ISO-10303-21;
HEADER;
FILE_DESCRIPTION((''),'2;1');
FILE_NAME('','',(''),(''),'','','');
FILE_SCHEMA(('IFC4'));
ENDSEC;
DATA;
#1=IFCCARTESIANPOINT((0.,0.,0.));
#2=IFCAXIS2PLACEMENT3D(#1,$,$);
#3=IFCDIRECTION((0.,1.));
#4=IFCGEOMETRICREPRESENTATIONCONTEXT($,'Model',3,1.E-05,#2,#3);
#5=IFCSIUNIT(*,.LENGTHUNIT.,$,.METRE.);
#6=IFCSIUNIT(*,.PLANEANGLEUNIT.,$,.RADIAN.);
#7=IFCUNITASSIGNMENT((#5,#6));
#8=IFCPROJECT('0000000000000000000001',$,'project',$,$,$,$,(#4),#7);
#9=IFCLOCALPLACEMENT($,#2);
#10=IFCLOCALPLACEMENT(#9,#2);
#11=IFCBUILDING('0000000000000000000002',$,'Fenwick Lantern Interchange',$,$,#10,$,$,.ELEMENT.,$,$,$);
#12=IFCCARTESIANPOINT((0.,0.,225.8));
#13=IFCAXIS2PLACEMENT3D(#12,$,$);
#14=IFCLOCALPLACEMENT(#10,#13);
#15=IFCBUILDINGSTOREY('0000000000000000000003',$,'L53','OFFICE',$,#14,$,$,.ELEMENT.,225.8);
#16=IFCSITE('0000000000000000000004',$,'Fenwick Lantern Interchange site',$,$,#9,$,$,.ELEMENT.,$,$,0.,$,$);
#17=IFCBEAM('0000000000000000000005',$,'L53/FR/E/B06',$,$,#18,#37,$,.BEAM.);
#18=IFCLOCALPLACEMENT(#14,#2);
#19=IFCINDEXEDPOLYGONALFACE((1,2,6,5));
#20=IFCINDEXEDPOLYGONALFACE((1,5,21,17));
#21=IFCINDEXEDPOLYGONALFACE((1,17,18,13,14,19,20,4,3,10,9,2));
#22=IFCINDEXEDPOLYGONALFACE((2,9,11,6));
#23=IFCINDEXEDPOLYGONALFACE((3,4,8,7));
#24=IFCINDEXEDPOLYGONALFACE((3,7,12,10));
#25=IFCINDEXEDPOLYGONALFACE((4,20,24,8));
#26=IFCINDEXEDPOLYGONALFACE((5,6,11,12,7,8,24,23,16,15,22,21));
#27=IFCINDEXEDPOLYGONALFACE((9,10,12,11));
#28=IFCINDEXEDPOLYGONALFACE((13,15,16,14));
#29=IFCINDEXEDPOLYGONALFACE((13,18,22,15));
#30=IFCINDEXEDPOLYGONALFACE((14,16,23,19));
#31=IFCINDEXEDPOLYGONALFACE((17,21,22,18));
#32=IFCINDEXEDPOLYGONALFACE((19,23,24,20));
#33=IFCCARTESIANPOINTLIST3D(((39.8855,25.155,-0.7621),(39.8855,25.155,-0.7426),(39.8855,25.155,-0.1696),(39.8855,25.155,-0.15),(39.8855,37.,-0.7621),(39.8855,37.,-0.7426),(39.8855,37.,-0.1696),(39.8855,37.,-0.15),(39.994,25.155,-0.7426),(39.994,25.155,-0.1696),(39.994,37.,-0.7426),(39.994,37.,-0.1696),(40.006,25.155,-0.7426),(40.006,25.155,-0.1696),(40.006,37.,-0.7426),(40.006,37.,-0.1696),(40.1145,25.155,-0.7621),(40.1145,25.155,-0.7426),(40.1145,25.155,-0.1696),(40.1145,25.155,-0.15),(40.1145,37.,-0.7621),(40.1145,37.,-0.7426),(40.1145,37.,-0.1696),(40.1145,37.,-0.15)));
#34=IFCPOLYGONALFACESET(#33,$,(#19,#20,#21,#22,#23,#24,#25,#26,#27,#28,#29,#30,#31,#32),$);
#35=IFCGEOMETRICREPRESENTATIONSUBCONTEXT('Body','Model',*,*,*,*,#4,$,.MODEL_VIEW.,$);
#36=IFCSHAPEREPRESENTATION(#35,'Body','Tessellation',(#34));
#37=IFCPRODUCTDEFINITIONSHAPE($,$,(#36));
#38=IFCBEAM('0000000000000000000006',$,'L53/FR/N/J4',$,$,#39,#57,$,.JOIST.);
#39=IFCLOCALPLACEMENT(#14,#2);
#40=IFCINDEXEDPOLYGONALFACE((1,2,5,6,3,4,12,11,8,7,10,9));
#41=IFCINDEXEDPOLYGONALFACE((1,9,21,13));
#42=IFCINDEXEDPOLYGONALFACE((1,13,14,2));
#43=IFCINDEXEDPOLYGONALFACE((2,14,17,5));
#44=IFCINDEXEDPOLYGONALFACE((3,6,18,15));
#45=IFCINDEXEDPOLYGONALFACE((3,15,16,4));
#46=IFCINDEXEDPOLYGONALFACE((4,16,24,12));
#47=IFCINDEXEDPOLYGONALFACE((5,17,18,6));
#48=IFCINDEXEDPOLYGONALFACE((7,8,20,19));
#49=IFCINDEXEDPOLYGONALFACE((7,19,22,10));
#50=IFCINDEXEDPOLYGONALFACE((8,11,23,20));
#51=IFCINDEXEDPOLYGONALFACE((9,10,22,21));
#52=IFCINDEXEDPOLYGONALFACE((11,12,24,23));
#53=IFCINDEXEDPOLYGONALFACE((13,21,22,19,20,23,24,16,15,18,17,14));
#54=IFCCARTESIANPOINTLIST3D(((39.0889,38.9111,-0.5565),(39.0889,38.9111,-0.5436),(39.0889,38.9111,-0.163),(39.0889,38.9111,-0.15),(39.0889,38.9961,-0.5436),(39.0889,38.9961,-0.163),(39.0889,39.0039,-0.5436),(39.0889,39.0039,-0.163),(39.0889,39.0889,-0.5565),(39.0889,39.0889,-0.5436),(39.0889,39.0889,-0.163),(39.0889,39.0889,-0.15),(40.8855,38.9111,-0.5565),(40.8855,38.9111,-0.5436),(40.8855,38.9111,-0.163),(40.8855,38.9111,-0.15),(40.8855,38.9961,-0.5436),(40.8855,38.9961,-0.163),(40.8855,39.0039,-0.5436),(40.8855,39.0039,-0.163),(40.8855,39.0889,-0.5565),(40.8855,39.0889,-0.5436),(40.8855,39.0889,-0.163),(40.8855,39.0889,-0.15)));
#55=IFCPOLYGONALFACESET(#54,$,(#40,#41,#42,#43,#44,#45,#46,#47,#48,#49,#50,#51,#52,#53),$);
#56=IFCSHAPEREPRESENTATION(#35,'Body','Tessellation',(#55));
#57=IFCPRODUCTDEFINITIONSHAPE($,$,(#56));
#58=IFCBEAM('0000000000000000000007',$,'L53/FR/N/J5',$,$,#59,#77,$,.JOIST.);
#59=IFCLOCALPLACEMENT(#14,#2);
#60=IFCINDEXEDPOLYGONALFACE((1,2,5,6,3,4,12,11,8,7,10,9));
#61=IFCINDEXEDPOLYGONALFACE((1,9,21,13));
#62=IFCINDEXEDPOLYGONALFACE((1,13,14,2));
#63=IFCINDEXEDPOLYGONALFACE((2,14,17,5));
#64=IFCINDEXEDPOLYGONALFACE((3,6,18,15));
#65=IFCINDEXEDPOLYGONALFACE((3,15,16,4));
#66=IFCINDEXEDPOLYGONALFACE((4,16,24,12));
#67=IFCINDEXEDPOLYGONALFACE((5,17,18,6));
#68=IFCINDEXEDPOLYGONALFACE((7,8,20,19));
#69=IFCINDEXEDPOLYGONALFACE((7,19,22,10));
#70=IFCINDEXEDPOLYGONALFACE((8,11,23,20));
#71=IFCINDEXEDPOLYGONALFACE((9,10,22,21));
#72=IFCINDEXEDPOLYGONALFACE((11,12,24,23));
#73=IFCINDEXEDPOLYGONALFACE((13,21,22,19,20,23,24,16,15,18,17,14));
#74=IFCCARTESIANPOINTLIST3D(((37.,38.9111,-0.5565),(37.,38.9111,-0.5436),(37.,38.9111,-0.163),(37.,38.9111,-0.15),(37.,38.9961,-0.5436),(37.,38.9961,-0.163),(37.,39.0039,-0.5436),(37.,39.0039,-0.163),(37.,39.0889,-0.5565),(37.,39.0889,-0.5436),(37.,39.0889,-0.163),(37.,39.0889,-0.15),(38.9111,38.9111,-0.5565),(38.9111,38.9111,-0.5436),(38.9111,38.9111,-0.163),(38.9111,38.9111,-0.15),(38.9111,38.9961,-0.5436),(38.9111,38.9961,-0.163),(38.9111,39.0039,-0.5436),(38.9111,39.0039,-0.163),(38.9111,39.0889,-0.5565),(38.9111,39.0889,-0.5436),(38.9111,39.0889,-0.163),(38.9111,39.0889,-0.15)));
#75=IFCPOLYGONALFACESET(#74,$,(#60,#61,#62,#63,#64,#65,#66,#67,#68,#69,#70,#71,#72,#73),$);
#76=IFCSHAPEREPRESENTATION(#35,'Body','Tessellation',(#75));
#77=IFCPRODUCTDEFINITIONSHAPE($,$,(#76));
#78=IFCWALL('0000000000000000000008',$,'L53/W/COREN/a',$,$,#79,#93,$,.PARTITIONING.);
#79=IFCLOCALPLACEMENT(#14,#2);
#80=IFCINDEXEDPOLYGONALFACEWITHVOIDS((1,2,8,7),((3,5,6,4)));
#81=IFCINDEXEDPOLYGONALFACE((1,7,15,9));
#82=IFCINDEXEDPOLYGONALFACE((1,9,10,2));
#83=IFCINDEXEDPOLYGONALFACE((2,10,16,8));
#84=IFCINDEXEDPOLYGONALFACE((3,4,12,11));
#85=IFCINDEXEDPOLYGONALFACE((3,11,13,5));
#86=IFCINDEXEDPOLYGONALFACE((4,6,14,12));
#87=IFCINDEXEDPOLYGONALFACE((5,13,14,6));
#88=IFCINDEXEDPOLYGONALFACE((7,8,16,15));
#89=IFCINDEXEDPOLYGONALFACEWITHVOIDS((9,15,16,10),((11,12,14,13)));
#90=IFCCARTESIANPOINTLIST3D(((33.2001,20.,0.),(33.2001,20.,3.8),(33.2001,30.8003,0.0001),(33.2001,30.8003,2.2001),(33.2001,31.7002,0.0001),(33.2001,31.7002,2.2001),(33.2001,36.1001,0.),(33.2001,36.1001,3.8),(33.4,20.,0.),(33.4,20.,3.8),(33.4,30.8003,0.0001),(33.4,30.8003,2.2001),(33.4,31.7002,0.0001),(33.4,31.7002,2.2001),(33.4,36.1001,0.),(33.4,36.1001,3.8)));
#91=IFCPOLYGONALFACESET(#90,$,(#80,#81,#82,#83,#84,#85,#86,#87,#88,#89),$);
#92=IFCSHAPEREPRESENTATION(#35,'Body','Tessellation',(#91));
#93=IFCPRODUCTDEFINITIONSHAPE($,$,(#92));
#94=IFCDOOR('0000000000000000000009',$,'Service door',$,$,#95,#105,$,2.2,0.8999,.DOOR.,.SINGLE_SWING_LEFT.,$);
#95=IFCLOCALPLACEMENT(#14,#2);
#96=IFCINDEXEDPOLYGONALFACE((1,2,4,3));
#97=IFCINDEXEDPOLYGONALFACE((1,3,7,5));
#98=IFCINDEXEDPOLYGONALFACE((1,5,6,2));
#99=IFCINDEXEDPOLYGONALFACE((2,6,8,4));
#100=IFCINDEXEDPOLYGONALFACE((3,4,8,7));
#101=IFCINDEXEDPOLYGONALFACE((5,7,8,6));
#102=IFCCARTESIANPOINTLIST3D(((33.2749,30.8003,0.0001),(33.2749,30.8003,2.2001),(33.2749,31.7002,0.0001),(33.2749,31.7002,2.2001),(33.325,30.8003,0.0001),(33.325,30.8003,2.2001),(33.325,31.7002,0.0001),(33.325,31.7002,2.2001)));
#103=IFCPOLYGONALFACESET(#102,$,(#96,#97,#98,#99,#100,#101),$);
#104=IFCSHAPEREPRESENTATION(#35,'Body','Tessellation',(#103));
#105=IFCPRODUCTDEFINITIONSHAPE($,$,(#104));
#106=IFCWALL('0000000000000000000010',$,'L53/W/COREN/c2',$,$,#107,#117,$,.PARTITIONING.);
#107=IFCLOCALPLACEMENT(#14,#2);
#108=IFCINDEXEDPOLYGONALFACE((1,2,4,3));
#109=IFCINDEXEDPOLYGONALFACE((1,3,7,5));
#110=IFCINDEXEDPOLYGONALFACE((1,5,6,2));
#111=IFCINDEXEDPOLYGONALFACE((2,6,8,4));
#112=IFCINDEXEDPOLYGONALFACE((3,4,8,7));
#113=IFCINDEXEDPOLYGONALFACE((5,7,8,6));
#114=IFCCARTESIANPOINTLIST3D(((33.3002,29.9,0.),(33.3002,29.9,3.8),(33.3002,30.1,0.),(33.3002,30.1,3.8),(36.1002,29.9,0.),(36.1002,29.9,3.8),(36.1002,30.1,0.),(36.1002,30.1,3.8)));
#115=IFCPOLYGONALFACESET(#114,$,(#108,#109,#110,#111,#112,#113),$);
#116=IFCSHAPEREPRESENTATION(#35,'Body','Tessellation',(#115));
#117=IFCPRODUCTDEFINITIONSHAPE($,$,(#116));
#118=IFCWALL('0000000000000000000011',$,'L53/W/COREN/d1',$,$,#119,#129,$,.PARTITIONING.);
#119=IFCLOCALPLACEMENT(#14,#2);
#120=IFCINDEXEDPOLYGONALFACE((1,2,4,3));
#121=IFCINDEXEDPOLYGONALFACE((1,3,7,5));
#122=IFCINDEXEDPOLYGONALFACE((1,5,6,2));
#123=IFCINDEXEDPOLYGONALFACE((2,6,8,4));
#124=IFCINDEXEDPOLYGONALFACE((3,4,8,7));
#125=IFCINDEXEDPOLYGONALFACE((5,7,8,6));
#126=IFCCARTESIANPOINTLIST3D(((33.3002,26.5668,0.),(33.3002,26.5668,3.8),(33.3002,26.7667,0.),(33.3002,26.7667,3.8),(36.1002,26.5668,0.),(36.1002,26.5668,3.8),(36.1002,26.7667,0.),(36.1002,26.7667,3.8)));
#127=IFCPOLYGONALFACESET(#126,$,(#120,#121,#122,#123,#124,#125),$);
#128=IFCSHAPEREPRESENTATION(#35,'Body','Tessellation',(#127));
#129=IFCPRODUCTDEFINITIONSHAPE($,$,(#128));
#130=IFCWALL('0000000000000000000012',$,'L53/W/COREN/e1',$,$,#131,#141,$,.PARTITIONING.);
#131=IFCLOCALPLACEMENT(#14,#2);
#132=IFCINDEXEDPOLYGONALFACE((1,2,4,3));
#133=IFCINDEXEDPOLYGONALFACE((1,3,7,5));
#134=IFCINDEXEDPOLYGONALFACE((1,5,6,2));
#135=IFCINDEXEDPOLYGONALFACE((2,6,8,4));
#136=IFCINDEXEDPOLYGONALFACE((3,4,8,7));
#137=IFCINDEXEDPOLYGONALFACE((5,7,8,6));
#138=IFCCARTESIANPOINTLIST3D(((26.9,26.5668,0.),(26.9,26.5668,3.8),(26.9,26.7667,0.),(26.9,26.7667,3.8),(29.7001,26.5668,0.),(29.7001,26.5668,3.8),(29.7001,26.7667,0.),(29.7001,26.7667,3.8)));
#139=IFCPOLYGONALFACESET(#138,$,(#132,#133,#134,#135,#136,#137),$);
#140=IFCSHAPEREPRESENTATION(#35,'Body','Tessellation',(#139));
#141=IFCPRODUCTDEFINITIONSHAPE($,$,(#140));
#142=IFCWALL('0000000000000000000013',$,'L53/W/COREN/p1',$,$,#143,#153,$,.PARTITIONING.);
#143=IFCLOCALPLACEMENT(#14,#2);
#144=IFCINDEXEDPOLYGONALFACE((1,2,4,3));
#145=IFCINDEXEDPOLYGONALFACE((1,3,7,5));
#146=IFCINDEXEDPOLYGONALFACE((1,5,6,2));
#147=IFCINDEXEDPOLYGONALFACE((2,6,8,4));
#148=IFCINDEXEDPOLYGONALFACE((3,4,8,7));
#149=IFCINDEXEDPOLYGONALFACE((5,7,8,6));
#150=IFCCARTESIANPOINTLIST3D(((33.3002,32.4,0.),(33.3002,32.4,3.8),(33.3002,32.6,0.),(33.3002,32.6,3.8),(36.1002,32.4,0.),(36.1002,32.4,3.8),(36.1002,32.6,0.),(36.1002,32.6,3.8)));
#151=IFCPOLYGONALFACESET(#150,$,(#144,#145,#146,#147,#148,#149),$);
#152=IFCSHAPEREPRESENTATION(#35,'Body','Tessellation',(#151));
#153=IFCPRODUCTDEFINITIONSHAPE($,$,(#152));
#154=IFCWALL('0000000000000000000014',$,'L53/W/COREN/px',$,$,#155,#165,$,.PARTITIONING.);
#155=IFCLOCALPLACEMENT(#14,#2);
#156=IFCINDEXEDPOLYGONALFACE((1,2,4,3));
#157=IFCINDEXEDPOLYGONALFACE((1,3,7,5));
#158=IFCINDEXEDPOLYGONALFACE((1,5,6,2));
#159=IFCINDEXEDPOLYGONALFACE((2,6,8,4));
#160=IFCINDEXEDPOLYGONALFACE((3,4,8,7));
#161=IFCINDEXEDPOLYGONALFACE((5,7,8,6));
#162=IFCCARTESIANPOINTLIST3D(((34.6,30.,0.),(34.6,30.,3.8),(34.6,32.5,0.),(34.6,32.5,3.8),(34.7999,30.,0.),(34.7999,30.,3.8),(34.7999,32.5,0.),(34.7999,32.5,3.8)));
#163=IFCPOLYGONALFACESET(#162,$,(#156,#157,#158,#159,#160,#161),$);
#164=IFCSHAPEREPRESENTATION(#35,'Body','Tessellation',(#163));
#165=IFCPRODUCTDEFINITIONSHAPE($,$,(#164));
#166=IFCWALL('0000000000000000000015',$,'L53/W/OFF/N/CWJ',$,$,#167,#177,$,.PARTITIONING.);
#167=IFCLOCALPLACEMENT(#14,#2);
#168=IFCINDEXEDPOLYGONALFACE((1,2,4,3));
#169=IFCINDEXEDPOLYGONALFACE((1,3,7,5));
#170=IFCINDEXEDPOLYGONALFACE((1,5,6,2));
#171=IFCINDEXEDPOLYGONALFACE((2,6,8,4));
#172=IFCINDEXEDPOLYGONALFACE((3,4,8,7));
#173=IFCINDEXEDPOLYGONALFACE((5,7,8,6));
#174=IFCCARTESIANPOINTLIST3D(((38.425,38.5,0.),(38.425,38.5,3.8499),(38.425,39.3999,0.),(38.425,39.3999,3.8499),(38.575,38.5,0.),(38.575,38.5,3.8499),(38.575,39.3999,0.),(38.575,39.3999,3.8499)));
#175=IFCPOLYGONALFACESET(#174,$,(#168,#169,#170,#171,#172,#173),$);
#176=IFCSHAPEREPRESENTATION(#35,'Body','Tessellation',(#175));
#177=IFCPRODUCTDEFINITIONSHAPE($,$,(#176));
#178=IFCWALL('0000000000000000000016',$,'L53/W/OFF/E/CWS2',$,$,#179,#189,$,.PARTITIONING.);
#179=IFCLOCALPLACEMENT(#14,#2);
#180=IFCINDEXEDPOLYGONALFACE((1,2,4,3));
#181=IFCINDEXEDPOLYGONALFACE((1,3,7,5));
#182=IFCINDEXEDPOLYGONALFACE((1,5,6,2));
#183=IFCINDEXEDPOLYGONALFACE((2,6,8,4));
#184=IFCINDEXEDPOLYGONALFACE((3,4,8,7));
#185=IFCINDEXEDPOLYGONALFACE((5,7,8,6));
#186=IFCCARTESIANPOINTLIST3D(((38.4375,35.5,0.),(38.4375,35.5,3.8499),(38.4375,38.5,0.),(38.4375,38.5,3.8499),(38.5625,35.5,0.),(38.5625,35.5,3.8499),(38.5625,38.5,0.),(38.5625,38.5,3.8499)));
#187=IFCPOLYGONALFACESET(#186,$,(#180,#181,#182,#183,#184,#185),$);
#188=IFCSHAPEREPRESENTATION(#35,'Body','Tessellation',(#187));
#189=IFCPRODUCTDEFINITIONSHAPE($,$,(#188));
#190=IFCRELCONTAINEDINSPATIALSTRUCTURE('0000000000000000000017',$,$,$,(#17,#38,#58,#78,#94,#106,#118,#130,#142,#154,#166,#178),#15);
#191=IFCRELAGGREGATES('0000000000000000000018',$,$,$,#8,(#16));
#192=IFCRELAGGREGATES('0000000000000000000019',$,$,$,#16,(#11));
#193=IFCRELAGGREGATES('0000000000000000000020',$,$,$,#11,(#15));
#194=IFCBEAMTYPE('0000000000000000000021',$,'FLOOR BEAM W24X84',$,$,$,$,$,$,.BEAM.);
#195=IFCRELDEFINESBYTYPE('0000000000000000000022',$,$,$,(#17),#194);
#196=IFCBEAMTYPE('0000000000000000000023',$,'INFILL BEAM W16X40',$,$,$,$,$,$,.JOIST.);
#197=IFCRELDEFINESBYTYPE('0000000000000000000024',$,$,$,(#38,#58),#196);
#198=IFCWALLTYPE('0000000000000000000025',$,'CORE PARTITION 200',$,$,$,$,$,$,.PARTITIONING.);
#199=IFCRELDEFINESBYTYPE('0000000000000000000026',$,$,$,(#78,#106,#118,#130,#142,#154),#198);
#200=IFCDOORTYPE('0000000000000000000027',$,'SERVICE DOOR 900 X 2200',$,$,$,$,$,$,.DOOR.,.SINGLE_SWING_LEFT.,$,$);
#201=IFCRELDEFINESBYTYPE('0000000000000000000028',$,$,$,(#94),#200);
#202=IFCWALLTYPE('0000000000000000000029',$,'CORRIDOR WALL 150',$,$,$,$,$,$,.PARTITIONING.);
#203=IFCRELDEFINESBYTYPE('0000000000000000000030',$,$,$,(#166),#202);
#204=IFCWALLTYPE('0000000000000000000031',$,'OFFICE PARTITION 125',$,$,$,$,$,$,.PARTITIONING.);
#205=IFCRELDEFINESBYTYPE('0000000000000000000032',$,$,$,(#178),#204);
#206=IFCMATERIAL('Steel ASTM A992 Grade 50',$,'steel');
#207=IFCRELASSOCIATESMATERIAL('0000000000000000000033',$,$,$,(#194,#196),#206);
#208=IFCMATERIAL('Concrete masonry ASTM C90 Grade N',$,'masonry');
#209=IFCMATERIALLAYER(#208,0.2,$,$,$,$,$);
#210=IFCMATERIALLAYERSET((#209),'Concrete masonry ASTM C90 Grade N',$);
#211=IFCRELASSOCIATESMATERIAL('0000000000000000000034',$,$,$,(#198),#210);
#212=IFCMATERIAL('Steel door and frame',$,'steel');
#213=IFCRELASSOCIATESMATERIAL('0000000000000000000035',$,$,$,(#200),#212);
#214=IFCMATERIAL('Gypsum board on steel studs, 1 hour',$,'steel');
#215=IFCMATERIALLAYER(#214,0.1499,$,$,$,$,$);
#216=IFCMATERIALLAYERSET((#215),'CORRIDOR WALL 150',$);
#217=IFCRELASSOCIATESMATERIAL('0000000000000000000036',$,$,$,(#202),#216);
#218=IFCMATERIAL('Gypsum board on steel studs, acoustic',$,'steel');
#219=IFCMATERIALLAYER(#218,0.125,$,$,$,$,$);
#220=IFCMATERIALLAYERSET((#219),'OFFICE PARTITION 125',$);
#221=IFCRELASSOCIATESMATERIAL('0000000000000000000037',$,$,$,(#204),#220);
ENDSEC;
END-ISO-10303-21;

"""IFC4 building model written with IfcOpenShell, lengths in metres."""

from ifc_helpers import new_model, si_unit, direction, frame, frame_2d, origin, origin_2d, place, context, subcontext, project, spatial, rectangle, i_section, extrude, material, layer, layer_set, material_profile, profile_set, type_object, element, fill, save


model = new_model("IFC4")

# Units and contexts
model_context = context("Model", 3, precision=1e-05, world=origin(), true_north=direction((0.0, 1.0)))
body_context = subcontext(model_context, "Body", "Model", "MODEL_VIEW")
ifc_project = project(units=[si_unit("LENGTHUNIT", "METRE"), si_unit("PLANEANGLEUNIT", "RADIAN")], contexts=[model_context])

# Site, building, storey
site_placement = place(None, origin())
site = spatial("IfcSite", under=ifc_project, at=site_placement, Name="Fenwick Lantern Interchange site", CompositionType="ELEMENT", RefElevation=0.0)
building_placement = place(site_placement, origin())
building = spatial("IfcBuilding", under=site, at=building_placement, Name="Fenwick Lantern Interchange", CompositionType="ELEMENT")
storey_placement = place(building_placement, frame((0.0, 0.0, 225.8)))
storey = spatial("IfcBuildingStorey", under=building, at=storey_placement, Name="L53", Description="OFFICE", CompositionType="ELEMENT", Elevation=225.8)

# Beams
ifc_material_1 = material(Name="Steel ASTM A992 Grade 50", Category="steel")
ifc_material_profile_1 = material_profile(ifc_material_1, i_section(OverallWidth=0.229, OverallDepth=0.6121, WebThickness=0.012, FlangeThickness=0.0195, at=origin_2d()), Name="W24X84")
ifc_profile_set_1 = profile_set([ifc_material_profile_1], Name="Steel ASTM A992 Grade 50")
beam_type_1 = type_object("IfcBeamType", Name="FLOOR BEAM W24X84", PredefinedType="BEAM", material=ifc_profile_set_1)
beam_1_placement = place(storey_placement, frame((40.0, 25.155, -0.4561), z_axis=(0.0, 1.0, 0.0), x_axis=(-1.0, 0.0, 0.0)))
element("IfcBeam", 1, at=beam_1_placement, inside=storey, type_object=beam_type_1, Name="L53/FR/E/B06", PredefinedType="BEAM", context=body_context, shape_type="SweptSolid", body=[
    extrude(i_section(OverallWidth=0.229, OverallDepth=0.6121, WebThickness=0.012, FlangeThickness=0.0195, at=origin_2d()), origin(), (0.0, 0.0, 1.0), 11.845),
])
ifc_material_profile_2 = material_profile(ifc_material_1, i_section(OverallWidth=0.1777, OverallDepth=0.4065, WebThickness=0.0078, FlangeThickness=0.0129, at=origin_2d()), Name="W16X40")
ifc_profile_set_2 = profile_set([ifc_material_profile_2], Name="Steel ASTM A992 Grade 50")
beam_type_2 = type_object("IfcBeamType", Name="INFILL BEAM W16X40", PredefinedType="JOIST", material=ifc_profile_set_2)
beam_2_placement = place(storey_placement, frame((40.8855, 39.0, -0.3533), z_axis=(-1.0, 0.0, 0.0), x_axis=(0.0, -1.0, 0.0)))
element("IfcBeam", 2, at=beam_2_placement, inside=storey, type_object=beam_type_2, Name="L53/FR/N/J4", PredefinedType="JOIST", context=body_context, shape_type="SweptSolid", body=[
    extrude(i_section(OverallWidth=0.1777, OverallDepth=0.4065, WebThickness=0.0078, FlangeThickness=0.0129, at=origin_2d()), origin(), (0.0, 0.0, 1.0), 1.7966),
])
beam_3_placement = place(storey_placement, frame((38.9111, 39.0, -0.3533), z_axis=(-1.0, 0.0, 0.0), x_axis=(0.0, -1.0, 0.0)))
element("IfcBeam", 3, at=beam_3_placement, inside=storey, type_object=beam_type_2, Name="L53/FR/N/J5", PredefinedType="JOIST", context=body_context, shape_type="SweptSolid", body=[
    extrude(i_section(OverallWidth=0.1777, OverallDepth=0.4065, WebThickness=0.0078, FlangeThickness=0.0129, at=origin_2d()), origin(), (0.0, 0.0, 1.0), 1.9111),
])

# Wall, opening, door
ifc_material_2 = material(Name="Concrete masonry ASTM C90 Grade N", Category="masonry")
ifc_layer_1 = layer(ifc_material_2, 0.2)
ifc_layer_set_1 = layer_set([ifc_layer_1], Name="Concrete masonry ASTM C90 Grade N")
wall_type_1 = type_object("IfcWallType", Name="CORE PARTITION 200", PredefinedType="PARTITIONING", material=ifc_layer_set_1)
wall_1_placement = place(storey_placement, frame((33.3, 36.1001, 0.0), z_axis=(0.0, 0.0, 1.0), x_axis=(0.0, -1.0, 0.0)))
wall_1 = element("IfcWall", 4, at=wall_1_placement, inside=storey, type_object=wall_type_1, Name="L53/W/COREN/a", PredefinedType="PARTITIONING", context=body_context, shape_type="SweptSolid", body=[
    extrude(rectangle(XDim=16.1001, YDim=0.2, at=frame_2d((8.05, 0.0))), origin(), (0.0, 0.0, 1.0), 3.8),
])
opening_1_placement = place(wall_1_placement, frame((4.3999, 0.0, 0.0)))
opening_1 = element("IfcOpeningElement", 5, at=opening_1_placement, cuts=wall_1, PredefinedType="OPENING", context=body_context, shape_type="SweptSolid", body=[
    extrude(rectangle(XDim=0.8999, YDim=2.2, at=frame_2d((0.45, 1.1001))), frame((0.0, 0.1099, 0.0), z_axis=(0.0, -1.0, 0.0), x_axis=(1.0, 0.0, 0.0)), (0.0, 0.0, 1.0), 0.22),
])
ifc_material_3 = material(Name="Steel door and frame", Category="steel")
door_type_1 = type_object("IfcDoorType", Name="SERVICE DOOR 900 X 2200", OperationType="SINGLE_SWING_LEFT", PredefinedType="DOOR", material=ifc_material_3)
door_1_placement = place(opening_1_placement, origin())
door_1 = element("IfcDoor", 6, at=door_1_placement, inside=storey, type_object=door_type_1, Name="Service door", OperationType="SINGLE_SWING_LEFT", OverallHeight=2.2, OverallWidth=0.8999, PredefinedType="DOOR", context=body_context, shape_type="SweptSolid", body=[
    extrude(rectangle(XDim=0.8999, YDim=2.2, at=frame_2d((0.45, 1.1001))), frame((0.0, 0.0249, 0.0), z_axis=(0.0, -1.0, 0.0), x_axis=(1.0, 0.0, 0.0)), (0.0, 0.0, 1.0), 0.05),
])
fill(opening_1, door_1)

# Walls
for number, where, z_axis, x_axis, name in (
    (7, (36.1001, 30.0, 0.0), (0.0, 0.0, 1.0), (-1.0, 0.0, 0.0), "L53/W/COREN/c2"),
    (8, (36.1001, 26.6667, 0.0), (0.0, 0.0, 1.0), (-1.0, 0.0, 0.0), "L53/W/COREN/d1"),
    (9, (29.7, 26.6667, 0.0), (0.0, 0.0, 1.0), (-1.0, 0.0, 0.0), "L53/W/COREN/e1"),
    (10, (36.1001, 32.5, 0.0), (0.0, 0.0, 1.0), (-1.0, 0.0, 0.0), "L53/W/COREN/p1"),
):
    element("IfcWall", number, at=place(storey_placement, frame(where, z_axis=z_axis, x_axis=x_axis)), inside=storey, type_object=wall_type_1, Name=name, PredefinedType="PARTITIONING", context=body_context, shape_type="SweptSolid", body=[
        extrude(rectangle(XDim=2.8, YDim=0.2, at=frame_2d((1.3999, 0.0))), origin(), (0.0, 0.0, 1.0), 3.8),
    ])
wall_2_placement = place(storey_placement, frame((34.7, 32.5, 0.0), z_axis=(0.0, 0.0, 1.0), x_axis=(0.0, -1.0, 0.0)))
element("IfcWall", 11, at=wall_2_placement, inside=storey, type_object=wall_type_1, Name="L53/W/COREN/px", PredefinedType="PARTITIONING", context=body_context, shape_type="SweptSolid", body=[
    extrude(rectangle(XDim=2.5, YDim=0.2, at=frame_2d((1.25, 0.0))), origin(), (0.0, 0.0, 1.0), 3.8),
])

# Walls
ifc_material_4 = material(Name="Gypsum board on steel studs, 1 hour", Category="steel")
ifc_layer_2 = layer(ifc_material_4, 0.1499)
ifc_layer_set_2 = layer_set([ifc_layer_2], Name="CORRIDOR WALL 150")
wall_type_2 = type_object("IfcWallType", Name="CORRIDOR WALL 150", PredefinedType="PARTITIONING", material=ifc_layer_set_2)
wall_3_placement = place(storey_placement, frame((38.5, 38.5, 0.0), z_axis=(0.0, 0.0, 1.0), x_axis=(0.0, 1.0, 0.0)))
element("IfcWall", 12, at=wall_3_placement, inside=storey, type_object=wall_type_2, Name="L53/W/OFF/N/CWJ", PredefinedType="PARTITIONING", context=body_context, shape_type="SweptSolid", body=[
    extrude(rectangle(XDim=0.8999, YDim=0.1499, at=frame_2d((0.45, 0.0))), origin(), (0.0, 0.0, 1.0), 3.8499),
])
ifc_material_5 = material(Name="Gypsum board on steel studs, acoustic", Category="steel")
ifc_layer_3 = layer(ifc_material_5, 0.125)
ifc_layer_set_3 = layer_set([ifc_layer_3], Name="OFFICE PARTITION 125")
wall_type_3 = type_object("IfcWallType", Name="OFFICE PARTITION 125", PredefinedType="PARTITIONING", material=ifc_layer_set_3)
wall_4_placement = place(storey_placement, frame((38.5, 35.5, 0.0), z_axis=(0.0, 0.0, 1.0), x_axis=(0.0, 1.0, 0.0)))
element("IfcWall", 13, at=wall_4_placement, inside=storey, type_object=wall_type_3, Name="L53/W/OFF/E/CWS2", PredefinedType="PARTITIONING", context=body_context, shape_type="SweptSolid", body=[
    extrude(rectangle(XDim=3.0, YDim=0.125, at=frame_2d((1.5, 0.0))), origin(), (0.0, 0.0, 1.0), 3.8499),
])

save(model, "model.ifc")
